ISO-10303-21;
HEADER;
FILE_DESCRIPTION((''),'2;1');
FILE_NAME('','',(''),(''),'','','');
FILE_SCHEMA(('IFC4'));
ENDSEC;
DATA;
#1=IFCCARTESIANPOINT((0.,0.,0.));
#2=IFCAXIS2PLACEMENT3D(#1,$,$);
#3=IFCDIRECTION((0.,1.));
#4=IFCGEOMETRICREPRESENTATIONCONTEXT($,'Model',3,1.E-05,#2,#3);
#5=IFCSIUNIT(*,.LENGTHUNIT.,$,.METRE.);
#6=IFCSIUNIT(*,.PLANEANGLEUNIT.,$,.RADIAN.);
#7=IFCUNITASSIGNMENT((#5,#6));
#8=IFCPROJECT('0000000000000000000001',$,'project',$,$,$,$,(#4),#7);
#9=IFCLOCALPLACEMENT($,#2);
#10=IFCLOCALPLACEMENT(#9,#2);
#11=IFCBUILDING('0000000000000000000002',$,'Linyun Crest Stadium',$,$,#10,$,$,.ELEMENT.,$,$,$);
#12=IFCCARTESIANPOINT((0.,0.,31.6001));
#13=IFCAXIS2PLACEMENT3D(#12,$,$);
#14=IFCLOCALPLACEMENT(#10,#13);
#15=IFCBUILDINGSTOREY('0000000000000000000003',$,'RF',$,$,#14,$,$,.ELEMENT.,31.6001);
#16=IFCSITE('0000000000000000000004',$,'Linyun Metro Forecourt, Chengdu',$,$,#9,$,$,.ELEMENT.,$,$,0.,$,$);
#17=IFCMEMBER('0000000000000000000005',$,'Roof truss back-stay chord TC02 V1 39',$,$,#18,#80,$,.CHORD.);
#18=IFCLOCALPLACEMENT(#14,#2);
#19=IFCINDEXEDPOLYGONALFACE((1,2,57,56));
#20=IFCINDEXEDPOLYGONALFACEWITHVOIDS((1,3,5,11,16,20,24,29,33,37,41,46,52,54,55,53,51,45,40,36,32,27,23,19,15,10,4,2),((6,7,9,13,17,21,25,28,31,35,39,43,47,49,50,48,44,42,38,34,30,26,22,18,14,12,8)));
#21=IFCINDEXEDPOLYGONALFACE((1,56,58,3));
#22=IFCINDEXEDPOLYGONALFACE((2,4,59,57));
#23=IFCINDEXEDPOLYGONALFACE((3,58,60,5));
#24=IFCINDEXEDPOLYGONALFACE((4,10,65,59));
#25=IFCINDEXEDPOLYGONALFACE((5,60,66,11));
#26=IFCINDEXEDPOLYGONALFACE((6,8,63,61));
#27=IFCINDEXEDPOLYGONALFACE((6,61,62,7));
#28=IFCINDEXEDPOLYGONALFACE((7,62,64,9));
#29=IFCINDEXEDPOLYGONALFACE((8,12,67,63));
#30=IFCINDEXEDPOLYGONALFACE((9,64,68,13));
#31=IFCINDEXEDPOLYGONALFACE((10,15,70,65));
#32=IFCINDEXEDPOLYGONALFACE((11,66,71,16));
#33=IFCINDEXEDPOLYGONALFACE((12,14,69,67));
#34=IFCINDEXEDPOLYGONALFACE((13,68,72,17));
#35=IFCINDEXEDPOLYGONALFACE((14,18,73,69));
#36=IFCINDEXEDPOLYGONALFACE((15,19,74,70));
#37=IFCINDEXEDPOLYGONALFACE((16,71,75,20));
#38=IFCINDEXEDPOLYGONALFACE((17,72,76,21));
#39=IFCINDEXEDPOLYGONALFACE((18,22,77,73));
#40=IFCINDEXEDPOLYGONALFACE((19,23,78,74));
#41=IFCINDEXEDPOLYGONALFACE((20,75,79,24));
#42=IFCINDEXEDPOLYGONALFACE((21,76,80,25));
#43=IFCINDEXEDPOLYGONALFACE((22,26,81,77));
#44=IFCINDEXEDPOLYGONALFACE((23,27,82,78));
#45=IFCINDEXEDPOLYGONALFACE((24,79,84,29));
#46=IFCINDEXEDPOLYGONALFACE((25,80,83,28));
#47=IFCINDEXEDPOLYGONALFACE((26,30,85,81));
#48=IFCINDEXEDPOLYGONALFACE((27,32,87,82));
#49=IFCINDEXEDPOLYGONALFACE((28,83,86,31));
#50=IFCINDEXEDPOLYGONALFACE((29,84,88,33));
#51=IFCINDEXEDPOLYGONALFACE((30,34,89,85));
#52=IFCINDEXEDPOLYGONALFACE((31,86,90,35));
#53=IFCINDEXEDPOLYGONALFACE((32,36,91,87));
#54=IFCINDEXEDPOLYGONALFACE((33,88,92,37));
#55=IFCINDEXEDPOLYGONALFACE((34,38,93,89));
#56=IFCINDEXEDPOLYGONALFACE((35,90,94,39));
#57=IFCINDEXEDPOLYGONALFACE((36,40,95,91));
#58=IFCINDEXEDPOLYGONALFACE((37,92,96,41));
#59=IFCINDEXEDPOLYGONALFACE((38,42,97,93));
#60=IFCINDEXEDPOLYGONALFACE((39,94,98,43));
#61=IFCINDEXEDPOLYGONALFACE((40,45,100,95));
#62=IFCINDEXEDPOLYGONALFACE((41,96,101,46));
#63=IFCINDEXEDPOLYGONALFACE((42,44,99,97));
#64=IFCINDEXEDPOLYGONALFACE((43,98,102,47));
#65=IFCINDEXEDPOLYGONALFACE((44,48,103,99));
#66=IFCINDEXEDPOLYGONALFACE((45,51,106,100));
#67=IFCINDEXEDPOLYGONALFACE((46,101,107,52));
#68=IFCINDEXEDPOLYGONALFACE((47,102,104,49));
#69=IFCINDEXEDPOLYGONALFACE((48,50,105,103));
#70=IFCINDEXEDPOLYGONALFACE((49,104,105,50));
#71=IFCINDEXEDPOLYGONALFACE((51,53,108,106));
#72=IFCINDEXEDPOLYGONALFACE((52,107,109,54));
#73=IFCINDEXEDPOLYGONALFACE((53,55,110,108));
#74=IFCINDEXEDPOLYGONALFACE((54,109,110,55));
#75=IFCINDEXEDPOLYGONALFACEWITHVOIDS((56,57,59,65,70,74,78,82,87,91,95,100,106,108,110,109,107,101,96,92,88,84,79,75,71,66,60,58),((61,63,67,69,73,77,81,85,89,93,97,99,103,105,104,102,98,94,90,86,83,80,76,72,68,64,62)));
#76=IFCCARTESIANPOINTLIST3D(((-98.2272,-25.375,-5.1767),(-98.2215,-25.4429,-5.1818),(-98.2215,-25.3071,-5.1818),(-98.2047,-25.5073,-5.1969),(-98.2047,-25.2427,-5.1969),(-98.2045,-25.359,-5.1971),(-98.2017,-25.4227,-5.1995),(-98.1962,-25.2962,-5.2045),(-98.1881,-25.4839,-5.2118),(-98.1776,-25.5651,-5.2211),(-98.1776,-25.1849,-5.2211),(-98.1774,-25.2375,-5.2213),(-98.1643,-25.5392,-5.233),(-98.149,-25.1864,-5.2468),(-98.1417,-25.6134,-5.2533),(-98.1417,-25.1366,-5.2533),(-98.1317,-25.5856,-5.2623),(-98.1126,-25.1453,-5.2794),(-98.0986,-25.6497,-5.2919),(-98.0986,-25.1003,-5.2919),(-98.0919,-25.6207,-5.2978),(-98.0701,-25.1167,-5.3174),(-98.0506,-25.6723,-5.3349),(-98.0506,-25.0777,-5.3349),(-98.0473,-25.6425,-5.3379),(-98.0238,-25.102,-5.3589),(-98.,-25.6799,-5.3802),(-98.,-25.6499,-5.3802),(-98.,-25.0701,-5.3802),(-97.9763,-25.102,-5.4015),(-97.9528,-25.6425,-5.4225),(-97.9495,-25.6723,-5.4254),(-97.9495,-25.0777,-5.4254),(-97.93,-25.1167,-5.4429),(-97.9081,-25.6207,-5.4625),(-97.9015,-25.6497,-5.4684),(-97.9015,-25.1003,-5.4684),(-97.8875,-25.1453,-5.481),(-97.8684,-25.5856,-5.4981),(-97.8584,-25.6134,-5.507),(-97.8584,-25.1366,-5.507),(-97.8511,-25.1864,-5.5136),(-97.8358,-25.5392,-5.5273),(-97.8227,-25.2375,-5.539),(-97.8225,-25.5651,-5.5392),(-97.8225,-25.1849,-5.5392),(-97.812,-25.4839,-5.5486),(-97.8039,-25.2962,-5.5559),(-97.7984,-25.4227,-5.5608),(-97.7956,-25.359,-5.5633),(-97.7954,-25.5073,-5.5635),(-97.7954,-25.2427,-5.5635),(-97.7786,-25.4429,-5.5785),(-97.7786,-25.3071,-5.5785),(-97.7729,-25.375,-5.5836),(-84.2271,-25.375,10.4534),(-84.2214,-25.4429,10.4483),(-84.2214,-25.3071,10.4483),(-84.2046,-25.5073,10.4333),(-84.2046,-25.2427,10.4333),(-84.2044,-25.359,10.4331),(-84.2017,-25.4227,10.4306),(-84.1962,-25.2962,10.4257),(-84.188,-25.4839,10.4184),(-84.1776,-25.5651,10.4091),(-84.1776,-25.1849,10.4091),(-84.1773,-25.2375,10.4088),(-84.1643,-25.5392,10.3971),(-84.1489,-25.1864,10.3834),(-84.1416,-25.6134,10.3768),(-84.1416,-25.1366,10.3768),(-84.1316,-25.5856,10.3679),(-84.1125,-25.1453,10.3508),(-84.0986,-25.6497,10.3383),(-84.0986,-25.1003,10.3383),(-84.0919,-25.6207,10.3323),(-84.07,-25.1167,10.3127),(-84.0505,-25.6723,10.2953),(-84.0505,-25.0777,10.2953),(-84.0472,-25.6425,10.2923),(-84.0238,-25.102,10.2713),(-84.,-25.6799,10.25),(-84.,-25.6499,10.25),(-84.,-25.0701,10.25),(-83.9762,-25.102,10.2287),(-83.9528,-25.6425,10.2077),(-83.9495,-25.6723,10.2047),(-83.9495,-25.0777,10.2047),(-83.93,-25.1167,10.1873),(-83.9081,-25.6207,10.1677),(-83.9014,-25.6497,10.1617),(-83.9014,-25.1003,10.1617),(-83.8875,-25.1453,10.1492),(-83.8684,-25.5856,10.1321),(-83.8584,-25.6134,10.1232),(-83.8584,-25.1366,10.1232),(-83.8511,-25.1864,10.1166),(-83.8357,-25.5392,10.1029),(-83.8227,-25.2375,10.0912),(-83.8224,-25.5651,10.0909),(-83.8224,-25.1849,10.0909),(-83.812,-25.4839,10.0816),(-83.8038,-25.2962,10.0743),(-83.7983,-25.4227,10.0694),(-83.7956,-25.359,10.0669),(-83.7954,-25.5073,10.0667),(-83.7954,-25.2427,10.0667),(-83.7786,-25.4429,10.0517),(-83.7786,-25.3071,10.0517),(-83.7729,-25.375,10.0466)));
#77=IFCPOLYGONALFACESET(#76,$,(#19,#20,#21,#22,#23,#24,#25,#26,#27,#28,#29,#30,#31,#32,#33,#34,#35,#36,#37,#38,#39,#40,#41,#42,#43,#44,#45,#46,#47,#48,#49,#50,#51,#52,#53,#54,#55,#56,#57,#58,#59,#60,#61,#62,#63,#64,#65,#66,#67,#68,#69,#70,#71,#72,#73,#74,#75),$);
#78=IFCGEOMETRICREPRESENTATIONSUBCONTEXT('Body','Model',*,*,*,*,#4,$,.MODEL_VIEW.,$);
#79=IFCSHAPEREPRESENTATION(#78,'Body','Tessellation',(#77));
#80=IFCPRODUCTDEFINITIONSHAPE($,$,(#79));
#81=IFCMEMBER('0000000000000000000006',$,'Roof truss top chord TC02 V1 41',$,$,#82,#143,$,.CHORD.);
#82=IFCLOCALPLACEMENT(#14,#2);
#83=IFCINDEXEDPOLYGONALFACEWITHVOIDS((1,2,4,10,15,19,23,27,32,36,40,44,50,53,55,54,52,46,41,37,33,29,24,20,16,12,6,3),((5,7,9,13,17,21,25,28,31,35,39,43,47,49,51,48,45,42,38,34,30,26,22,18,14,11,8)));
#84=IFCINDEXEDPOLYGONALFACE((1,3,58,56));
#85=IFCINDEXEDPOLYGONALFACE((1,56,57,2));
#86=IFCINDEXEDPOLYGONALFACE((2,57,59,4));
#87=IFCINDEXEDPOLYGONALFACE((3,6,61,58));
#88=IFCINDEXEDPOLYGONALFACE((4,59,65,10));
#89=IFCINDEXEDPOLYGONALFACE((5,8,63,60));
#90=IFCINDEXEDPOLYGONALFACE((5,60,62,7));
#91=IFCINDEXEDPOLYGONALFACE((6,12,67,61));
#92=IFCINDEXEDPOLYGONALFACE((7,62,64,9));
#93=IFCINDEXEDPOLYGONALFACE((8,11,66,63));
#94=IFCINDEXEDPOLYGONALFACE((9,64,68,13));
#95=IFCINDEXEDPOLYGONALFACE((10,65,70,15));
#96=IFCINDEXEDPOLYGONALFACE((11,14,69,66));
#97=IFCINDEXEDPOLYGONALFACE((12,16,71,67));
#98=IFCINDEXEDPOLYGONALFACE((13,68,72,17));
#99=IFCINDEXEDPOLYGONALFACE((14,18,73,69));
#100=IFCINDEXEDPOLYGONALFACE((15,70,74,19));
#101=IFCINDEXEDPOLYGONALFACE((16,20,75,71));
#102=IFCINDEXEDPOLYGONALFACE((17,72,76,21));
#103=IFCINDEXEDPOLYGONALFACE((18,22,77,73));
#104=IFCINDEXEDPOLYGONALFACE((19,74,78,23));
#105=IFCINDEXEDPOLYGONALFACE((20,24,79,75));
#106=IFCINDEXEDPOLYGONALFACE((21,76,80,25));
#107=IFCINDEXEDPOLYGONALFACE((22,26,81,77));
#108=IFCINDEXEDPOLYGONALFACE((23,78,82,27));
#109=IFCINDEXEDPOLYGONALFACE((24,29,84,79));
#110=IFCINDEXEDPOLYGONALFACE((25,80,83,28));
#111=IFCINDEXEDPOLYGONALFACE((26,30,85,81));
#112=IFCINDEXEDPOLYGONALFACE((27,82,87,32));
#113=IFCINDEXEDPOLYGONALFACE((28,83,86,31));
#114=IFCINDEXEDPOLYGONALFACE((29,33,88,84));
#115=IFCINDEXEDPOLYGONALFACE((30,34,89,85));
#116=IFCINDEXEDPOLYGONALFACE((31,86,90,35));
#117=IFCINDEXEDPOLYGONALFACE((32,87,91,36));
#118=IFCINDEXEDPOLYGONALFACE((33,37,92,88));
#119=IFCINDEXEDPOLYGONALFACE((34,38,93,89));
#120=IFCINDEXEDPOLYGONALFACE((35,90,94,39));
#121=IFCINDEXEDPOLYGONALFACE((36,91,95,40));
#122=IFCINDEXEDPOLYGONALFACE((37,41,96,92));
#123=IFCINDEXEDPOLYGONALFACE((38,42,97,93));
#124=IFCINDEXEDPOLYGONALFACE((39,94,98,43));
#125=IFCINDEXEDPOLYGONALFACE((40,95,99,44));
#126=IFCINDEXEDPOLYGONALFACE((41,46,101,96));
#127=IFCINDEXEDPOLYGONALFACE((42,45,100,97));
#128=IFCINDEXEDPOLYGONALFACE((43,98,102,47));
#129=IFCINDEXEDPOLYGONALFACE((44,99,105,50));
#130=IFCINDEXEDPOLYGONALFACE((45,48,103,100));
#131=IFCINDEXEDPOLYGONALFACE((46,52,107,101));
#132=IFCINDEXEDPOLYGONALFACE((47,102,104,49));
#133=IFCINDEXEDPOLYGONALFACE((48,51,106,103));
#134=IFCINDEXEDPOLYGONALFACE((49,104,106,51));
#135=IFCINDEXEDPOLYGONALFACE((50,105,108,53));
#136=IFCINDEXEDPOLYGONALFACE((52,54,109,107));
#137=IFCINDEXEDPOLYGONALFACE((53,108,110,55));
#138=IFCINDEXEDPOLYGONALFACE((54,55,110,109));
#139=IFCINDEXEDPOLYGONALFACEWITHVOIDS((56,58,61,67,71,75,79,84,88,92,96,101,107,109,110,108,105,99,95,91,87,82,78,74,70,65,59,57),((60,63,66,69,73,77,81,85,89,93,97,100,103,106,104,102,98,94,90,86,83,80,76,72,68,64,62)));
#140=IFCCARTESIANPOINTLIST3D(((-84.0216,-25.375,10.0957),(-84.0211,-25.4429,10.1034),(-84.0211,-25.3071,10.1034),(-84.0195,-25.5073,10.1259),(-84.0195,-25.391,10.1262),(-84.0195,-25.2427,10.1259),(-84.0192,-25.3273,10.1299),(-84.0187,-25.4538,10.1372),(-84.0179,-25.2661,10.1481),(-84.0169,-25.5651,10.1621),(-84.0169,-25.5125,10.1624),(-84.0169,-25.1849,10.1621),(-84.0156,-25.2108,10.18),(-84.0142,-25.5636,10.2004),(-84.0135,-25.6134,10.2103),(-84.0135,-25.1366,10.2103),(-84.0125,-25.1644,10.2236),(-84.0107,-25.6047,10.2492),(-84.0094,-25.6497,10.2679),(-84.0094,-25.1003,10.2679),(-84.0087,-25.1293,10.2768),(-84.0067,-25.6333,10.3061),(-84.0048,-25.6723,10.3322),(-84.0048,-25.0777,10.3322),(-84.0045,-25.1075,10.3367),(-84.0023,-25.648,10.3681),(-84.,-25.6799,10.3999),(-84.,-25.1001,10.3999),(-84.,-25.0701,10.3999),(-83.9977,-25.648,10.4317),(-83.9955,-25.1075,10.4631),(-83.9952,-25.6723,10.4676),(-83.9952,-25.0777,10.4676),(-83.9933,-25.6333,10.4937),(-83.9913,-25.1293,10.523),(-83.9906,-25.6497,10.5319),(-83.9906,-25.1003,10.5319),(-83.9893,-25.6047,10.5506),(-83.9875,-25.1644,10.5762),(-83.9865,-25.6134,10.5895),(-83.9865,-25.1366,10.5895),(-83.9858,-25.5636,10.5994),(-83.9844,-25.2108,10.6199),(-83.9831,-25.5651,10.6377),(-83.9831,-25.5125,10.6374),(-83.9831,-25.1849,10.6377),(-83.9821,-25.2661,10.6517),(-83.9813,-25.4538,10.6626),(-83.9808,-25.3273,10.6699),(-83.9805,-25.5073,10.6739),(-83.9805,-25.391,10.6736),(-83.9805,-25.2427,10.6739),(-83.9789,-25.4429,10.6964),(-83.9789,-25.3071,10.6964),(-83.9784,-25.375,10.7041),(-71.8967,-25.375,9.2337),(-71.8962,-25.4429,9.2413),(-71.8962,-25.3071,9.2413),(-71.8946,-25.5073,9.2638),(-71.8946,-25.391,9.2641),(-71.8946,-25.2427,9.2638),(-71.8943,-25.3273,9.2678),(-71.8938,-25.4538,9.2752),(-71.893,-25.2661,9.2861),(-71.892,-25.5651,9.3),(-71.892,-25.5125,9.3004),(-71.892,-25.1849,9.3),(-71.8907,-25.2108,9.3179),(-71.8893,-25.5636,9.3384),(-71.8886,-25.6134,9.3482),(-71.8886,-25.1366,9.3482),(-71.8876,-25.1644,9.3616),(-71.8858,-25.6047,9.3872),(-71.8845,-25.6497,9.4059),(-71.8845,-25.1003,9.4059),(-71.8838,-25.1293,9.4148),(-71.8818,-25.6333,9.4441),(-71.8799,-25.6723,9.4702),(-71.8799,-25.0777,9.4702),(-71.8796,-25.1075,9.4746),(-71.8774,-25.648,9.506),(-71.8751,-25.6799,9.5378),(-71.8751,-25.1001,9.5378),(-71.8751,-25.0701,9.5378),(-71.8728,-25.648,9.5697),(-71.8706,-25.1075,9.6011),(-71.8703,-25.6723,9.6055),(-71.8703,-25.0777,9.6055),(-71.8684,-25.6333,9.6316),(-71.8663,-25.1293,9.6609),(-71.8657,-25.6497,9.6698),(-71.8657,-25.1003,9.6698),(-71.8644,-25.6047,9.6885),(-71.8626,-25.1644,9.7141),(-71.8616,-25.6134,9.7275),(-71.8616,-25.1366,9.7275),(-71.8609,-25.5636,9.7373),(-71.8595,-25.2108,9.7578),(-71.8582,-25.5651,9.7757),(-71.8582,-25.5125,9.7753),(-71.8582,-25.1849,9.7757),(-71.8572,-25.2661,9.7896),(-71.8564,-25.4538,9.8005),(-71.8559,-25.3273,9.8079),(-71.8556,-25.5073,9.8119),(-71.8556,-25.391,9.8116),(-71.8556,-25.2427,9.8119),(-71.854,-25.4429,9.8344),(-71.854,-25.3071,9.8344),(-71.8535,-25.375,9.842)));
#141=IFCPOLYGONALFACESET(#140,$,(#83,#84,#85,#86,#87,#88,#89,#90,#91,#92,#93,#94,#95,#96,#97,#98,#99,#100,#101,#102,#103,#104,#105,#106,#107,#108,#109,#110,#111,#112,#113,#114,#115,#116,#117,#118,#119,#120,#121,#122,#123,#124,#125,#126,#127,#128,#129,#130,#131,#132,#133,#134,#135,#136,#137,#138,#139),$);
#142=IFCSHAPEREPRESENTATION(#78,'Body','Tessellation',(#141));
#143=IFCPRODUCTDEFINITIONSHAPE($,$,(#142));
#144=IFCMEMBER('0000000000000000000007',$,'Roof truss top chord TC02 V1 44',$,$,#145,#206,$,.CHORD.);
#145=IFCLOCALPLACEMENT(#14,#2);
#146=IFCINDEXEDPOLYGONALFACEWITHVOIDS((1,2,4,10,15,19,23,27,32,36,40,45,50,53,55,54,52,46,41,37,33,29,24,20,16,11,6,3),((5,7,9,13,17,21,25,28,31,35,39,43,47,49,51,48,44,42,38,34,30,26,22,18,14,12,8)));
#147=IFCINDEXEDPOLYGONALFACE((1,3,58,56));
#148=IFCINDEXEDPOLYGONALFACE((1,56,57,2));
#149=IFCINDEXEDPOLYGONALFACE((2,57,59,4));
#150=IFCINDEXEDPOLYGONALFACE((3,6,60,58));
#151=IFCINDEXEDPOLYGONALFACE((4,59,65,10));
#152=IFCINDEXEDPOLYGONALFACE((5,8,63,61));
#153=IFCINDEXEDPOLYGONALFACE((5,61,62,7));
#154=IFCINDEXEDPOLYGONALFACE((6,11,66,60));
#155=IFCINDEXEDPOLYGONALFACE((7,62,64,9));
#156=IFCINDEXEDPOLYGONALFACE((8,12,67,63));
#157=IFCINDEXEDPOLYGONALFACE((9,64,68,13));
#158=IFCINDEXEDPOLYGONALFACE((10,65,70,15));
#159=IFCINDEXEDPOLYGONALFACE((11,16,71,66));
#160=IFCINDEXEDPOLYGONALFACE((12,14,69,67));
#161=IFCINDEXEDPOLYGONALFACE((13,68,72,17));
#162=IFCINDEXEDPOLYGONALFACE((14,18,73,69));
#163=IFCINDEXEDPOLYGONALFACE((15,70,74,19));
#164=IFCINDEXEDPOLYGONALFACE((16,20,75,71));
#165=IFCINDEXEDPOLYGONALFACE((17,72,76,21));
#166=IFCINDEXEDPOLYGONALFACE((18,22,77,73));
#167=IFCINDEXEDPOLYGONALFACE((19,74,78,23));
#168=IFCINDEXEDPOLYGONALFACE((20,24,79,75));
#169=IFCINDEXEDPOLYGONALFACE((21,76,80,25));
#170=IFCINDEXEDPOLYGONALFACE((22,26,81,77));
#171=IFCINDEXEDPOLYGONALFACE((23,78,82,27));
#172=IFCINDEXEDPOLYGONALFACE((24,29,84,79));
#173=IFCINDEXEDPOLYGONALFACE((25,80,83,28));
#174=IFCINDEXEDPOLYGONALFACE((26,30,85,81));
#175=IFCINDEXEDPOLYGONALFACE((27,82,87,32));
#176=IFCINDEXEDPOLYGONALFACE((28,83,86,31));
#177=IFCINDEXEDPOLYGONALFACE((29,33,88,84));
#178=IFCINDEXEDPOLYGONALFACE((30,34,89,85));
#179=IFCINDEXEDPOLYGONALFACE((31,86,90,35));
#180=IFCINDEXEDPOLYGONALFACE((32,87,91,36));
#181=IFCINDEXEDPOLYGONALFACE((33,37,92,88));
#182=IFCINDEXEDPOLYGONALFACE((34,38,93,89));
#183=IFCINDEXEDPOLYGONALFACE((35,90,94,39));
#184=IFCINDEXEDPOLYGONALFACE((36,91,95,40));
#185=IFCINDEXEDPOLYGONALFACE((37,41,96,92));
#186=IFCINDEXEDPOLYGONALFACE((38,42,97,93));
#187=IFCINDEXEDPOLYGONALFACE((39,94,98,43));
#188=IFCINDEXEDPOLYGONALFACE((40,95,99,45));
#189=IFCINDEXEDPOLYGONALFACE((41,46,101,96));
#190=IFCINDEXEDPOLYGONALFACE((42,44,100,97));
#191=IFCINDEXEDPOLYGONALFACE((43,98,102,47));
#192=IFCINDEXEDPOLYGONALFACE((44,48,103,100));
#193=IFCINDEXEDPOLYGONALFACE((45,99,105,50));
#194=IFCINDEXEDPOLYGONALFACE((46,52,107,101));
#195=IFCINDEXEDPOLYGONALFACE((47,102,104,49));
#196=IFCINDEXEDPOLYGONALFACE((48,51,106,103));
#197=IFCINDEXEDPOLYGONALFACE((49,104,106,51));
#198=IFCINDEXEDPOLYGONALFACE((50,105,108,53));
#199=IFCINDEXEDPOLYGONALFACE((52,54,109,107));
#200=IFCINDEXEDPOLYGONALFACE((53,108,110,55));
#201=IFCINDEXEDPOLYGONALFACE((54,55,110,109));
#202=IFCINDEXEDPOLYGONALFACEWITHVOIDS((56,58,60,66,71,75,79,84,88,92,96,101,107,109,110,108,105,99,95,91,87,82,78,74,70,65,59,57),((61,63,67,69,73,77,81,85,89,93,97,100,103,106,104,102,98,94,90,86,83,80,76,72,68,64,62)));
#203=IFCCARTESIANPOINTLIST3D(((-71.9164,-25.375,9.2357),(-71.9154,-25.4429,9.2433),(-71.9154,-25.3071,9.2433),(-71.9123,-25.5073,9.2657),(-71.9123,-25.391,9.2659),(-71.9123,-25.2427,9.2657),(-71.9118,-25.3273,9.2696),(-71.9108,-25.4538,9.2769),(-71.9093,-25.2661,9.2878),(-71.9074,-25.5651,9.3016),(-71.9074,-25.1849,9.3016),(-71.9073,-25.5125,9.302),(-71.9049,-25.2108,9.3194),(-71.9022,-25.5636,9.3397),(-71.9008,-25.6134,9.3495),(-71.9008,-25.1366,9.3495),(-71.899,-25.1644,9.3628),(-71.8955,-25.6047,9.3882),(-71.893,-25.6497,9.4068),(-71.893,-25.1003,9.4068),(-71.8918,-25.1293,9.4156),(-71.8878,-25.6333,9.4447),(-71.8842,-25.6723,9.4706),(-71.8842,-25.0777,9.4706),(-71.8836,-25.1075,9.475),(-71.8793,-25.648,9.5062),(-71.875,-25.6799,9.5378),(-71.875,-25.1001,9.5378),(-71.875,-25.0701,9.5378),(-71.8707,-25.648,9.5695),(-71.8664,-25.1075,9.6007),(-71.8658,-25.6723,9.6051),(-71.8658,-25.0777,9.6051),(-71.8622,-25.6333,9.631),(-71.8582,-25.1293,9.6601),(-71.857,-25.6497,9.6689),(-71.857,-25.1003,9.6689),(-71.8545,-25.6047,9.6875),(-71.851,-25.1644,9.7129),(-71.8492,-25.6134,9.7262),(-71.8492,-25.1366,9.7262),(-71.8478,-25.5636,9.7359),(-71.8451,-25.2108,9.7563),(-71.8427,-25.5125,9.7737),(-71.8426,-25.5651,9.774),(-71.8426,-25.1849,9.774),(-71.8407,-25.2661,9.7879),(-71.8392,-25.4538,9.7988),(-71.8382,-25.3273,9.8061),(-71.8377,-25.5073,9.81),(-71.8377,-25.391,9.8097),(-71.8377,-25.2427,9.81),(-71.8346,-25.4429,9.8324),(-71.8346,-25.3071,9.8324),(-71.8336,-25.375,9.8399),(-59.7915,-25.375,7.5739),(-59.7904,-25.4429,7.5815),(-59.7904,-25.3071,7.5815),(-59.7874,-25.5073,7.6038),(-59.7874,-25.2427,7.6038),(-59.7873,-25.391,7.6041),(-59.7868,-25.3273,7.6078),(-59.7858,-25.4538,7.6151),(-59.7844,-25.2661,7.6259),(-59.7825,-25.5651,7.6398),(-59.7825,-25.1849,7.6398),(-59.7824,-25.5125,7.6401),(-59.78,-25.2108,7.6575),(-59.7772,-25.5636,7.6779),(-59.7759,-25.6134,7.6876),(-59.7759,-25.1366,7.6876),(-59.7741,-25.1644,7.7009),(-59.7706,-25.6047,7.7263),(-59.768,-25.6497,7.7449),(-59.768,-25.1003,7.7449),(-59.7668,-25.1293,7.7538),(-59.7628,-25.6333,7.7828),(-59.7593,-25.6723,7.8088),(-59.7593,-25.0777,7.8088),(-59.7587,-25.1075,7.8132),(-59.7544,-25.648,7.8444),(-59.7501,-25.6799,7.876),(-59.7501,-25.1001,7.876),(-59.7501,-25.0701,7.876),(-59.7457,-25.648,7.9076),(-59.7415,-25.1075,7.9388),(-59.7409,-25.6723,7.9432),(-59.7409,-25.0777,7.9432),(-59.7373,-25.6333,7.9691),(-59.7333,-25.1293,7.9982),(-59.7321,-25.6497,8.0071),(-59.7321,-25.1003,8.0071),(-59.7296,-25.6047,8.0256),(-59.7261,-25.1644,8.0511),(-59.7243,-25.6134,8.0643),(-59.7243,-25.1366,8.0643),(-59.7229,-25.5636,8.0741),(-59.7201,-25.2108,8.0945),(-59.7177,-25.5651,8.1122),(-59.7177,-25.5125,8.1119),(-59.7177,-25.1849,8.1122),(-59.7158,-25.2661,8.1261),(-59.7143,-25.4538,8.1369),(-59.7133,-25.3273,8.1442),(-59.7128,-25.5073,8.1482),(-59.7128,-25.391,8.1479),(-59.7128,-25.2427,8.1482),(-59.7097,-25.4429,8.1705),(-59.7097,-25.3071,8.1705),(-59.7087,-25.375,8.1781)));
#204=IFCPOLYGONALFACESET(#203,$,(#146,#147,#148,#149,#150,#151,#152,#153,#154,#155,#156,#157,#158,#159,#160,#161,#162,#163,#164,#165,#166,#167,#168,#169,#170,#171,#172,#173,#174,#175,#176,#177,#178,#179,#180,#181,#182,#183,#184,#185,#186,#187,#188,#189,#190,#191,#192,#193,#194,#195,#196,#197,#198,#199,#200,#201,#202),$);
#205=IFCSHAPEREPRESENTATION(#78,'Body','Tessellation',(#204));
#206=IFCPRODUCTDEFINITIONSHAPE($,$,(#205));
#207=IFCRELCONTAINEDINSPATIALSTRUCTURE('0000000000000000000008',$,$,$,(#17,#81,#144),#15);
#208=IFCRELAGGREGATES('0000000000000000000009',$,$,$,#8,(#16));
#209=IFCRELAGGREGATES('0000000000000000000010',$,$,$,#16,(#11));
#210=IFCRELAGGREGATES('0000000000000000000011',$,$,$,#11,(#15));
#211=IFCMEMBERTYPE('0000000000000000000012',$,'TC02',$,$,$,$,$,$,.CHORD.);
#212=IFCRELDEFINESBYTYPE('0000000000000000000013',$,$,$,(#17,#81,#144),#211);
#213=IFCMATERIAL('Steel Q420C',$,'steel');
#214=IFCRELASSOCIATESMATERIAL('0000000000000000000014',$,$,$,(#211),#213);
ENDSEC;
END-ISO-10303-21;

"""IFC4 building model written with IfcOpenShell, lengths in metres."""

from ifc_helpers import new_model, si_unit, direction, frame, origin, origin_2d, place, context, subcontext, project, spatial, hollow_circle, extrude, material, material_profile, profile_set, type_object, element, save


model = new_model("IFC4")

# Units and contexts
model_context = context("Model", 3, precision=1e-05, world=origin(), true_north=direction((0.0, 1.0)))
body_context = subcontext(model_context, "Body", "Model", "MODEL_VIEW")
ifc_project = project(units=[si_unit("LENGTHUNIT", "METRE"), si_unit("PLANEANGLEUNIT", "RADIAN")], contexts=[model_context])

# Site, building, storey
site_placement = place(None, origin())
site = spatial("IfcSite", under=ifc_project, at=site_placement, Name="Linyun Metro Forecourt, Chengdu", CompositionType="ELEMENT", RefElevation=0.0)
building_placement = place(site_placement, origin())
building = spatial("IfcBuilding", under=site, at=building_placement, Name="Linyun Crest Stadium", CompositionType="ELEMENT")
storey_placement = place(building_placement, frame((0.0, 0.0, 31.6001)))
storey = spatial("IfcBuildingStorey", under=building, at=storey_placement, Name="RF", CompositionType="ELEMENT", Elevation=31.6001)

# Members
ifc_material_1 = material(Name="Steel Q420C", Category="steel")
ifc_material_profile_1 = material_profile(ifc_material_1, hollow_circle(Radius=0.3049, WallThickness=0.03, at=origin_2d()), Name="CHS 610x30")
ifc_profile_set_1 = profile_set([ifc_material_profile_1], Name="Steel Q420C")
member_type_1 = type_object("IfcMemberType", Name="TC02", PredefinedType="CHORD", material=ifc_profile_set_1)
member_1_placement = place(storey_placement, frame((-84.0, -25.375, 10.25), z_axis=(-0.667196, 0.0, -0.744882), x_axis=(0.0, -1.0, 0.0)))
element("IfcMember", 1, at=member_1_placement, inside=storey, type_object=member_type_1, Name="Roof truss back-stay chord TC02 V1 39", PredefinedType="CHORD", context=body_context, shape_type="SweptSolid", body=[
    extrude(hollow_circle(Radius=0.3049, WallThickness=0.03, at=origin_2d()), origin(), (0.0, 0.0, 1.0), 20.9834),
])
member_2_placement = place(storey_placement, frame((-84.0, -25.375, 10.3999), z_axis=(0.997482, 0.0, -0.070919), x_axis=(0.0, 1.0, 0.0)))
element("IfcMember", 2, at=member_2_placement, inside=storey, type_object=member_type_1, Name="Roof truss top chord TC02 V1 41", PredefinedType="CHORD", context=body_context, shape_type="SweptSolid", body=[
    extrude(hollow_circle(Radius=0.3049, WallThickness=0.03, at=origin_2d()), origin(), (0.0, 0.0, 1.0), 12.1555),
])
member_3_placement = place(storey_placement, frame((-71.875, -25.375, 9.5378), z_axis=(0.990737, 0.0, -0.135792), x_axis=(0.0, 1.0, 0.0)))
element("IfcMember", 3, at=member_3_placement, inside=storey, type_object=member_type_1, Name="Roof truss top chord TC02 V1 44", PredefinedType="CHORD", context=body_context, shape_type="SweptSolid", body=[
    extrude(hollow_circle(Radius=0.3049, WallThickness=0.03, at=origin_2d()), origin(), (0.0, 0.0, 1.0), 12.2383),
])

save(model, "model.ifc")
